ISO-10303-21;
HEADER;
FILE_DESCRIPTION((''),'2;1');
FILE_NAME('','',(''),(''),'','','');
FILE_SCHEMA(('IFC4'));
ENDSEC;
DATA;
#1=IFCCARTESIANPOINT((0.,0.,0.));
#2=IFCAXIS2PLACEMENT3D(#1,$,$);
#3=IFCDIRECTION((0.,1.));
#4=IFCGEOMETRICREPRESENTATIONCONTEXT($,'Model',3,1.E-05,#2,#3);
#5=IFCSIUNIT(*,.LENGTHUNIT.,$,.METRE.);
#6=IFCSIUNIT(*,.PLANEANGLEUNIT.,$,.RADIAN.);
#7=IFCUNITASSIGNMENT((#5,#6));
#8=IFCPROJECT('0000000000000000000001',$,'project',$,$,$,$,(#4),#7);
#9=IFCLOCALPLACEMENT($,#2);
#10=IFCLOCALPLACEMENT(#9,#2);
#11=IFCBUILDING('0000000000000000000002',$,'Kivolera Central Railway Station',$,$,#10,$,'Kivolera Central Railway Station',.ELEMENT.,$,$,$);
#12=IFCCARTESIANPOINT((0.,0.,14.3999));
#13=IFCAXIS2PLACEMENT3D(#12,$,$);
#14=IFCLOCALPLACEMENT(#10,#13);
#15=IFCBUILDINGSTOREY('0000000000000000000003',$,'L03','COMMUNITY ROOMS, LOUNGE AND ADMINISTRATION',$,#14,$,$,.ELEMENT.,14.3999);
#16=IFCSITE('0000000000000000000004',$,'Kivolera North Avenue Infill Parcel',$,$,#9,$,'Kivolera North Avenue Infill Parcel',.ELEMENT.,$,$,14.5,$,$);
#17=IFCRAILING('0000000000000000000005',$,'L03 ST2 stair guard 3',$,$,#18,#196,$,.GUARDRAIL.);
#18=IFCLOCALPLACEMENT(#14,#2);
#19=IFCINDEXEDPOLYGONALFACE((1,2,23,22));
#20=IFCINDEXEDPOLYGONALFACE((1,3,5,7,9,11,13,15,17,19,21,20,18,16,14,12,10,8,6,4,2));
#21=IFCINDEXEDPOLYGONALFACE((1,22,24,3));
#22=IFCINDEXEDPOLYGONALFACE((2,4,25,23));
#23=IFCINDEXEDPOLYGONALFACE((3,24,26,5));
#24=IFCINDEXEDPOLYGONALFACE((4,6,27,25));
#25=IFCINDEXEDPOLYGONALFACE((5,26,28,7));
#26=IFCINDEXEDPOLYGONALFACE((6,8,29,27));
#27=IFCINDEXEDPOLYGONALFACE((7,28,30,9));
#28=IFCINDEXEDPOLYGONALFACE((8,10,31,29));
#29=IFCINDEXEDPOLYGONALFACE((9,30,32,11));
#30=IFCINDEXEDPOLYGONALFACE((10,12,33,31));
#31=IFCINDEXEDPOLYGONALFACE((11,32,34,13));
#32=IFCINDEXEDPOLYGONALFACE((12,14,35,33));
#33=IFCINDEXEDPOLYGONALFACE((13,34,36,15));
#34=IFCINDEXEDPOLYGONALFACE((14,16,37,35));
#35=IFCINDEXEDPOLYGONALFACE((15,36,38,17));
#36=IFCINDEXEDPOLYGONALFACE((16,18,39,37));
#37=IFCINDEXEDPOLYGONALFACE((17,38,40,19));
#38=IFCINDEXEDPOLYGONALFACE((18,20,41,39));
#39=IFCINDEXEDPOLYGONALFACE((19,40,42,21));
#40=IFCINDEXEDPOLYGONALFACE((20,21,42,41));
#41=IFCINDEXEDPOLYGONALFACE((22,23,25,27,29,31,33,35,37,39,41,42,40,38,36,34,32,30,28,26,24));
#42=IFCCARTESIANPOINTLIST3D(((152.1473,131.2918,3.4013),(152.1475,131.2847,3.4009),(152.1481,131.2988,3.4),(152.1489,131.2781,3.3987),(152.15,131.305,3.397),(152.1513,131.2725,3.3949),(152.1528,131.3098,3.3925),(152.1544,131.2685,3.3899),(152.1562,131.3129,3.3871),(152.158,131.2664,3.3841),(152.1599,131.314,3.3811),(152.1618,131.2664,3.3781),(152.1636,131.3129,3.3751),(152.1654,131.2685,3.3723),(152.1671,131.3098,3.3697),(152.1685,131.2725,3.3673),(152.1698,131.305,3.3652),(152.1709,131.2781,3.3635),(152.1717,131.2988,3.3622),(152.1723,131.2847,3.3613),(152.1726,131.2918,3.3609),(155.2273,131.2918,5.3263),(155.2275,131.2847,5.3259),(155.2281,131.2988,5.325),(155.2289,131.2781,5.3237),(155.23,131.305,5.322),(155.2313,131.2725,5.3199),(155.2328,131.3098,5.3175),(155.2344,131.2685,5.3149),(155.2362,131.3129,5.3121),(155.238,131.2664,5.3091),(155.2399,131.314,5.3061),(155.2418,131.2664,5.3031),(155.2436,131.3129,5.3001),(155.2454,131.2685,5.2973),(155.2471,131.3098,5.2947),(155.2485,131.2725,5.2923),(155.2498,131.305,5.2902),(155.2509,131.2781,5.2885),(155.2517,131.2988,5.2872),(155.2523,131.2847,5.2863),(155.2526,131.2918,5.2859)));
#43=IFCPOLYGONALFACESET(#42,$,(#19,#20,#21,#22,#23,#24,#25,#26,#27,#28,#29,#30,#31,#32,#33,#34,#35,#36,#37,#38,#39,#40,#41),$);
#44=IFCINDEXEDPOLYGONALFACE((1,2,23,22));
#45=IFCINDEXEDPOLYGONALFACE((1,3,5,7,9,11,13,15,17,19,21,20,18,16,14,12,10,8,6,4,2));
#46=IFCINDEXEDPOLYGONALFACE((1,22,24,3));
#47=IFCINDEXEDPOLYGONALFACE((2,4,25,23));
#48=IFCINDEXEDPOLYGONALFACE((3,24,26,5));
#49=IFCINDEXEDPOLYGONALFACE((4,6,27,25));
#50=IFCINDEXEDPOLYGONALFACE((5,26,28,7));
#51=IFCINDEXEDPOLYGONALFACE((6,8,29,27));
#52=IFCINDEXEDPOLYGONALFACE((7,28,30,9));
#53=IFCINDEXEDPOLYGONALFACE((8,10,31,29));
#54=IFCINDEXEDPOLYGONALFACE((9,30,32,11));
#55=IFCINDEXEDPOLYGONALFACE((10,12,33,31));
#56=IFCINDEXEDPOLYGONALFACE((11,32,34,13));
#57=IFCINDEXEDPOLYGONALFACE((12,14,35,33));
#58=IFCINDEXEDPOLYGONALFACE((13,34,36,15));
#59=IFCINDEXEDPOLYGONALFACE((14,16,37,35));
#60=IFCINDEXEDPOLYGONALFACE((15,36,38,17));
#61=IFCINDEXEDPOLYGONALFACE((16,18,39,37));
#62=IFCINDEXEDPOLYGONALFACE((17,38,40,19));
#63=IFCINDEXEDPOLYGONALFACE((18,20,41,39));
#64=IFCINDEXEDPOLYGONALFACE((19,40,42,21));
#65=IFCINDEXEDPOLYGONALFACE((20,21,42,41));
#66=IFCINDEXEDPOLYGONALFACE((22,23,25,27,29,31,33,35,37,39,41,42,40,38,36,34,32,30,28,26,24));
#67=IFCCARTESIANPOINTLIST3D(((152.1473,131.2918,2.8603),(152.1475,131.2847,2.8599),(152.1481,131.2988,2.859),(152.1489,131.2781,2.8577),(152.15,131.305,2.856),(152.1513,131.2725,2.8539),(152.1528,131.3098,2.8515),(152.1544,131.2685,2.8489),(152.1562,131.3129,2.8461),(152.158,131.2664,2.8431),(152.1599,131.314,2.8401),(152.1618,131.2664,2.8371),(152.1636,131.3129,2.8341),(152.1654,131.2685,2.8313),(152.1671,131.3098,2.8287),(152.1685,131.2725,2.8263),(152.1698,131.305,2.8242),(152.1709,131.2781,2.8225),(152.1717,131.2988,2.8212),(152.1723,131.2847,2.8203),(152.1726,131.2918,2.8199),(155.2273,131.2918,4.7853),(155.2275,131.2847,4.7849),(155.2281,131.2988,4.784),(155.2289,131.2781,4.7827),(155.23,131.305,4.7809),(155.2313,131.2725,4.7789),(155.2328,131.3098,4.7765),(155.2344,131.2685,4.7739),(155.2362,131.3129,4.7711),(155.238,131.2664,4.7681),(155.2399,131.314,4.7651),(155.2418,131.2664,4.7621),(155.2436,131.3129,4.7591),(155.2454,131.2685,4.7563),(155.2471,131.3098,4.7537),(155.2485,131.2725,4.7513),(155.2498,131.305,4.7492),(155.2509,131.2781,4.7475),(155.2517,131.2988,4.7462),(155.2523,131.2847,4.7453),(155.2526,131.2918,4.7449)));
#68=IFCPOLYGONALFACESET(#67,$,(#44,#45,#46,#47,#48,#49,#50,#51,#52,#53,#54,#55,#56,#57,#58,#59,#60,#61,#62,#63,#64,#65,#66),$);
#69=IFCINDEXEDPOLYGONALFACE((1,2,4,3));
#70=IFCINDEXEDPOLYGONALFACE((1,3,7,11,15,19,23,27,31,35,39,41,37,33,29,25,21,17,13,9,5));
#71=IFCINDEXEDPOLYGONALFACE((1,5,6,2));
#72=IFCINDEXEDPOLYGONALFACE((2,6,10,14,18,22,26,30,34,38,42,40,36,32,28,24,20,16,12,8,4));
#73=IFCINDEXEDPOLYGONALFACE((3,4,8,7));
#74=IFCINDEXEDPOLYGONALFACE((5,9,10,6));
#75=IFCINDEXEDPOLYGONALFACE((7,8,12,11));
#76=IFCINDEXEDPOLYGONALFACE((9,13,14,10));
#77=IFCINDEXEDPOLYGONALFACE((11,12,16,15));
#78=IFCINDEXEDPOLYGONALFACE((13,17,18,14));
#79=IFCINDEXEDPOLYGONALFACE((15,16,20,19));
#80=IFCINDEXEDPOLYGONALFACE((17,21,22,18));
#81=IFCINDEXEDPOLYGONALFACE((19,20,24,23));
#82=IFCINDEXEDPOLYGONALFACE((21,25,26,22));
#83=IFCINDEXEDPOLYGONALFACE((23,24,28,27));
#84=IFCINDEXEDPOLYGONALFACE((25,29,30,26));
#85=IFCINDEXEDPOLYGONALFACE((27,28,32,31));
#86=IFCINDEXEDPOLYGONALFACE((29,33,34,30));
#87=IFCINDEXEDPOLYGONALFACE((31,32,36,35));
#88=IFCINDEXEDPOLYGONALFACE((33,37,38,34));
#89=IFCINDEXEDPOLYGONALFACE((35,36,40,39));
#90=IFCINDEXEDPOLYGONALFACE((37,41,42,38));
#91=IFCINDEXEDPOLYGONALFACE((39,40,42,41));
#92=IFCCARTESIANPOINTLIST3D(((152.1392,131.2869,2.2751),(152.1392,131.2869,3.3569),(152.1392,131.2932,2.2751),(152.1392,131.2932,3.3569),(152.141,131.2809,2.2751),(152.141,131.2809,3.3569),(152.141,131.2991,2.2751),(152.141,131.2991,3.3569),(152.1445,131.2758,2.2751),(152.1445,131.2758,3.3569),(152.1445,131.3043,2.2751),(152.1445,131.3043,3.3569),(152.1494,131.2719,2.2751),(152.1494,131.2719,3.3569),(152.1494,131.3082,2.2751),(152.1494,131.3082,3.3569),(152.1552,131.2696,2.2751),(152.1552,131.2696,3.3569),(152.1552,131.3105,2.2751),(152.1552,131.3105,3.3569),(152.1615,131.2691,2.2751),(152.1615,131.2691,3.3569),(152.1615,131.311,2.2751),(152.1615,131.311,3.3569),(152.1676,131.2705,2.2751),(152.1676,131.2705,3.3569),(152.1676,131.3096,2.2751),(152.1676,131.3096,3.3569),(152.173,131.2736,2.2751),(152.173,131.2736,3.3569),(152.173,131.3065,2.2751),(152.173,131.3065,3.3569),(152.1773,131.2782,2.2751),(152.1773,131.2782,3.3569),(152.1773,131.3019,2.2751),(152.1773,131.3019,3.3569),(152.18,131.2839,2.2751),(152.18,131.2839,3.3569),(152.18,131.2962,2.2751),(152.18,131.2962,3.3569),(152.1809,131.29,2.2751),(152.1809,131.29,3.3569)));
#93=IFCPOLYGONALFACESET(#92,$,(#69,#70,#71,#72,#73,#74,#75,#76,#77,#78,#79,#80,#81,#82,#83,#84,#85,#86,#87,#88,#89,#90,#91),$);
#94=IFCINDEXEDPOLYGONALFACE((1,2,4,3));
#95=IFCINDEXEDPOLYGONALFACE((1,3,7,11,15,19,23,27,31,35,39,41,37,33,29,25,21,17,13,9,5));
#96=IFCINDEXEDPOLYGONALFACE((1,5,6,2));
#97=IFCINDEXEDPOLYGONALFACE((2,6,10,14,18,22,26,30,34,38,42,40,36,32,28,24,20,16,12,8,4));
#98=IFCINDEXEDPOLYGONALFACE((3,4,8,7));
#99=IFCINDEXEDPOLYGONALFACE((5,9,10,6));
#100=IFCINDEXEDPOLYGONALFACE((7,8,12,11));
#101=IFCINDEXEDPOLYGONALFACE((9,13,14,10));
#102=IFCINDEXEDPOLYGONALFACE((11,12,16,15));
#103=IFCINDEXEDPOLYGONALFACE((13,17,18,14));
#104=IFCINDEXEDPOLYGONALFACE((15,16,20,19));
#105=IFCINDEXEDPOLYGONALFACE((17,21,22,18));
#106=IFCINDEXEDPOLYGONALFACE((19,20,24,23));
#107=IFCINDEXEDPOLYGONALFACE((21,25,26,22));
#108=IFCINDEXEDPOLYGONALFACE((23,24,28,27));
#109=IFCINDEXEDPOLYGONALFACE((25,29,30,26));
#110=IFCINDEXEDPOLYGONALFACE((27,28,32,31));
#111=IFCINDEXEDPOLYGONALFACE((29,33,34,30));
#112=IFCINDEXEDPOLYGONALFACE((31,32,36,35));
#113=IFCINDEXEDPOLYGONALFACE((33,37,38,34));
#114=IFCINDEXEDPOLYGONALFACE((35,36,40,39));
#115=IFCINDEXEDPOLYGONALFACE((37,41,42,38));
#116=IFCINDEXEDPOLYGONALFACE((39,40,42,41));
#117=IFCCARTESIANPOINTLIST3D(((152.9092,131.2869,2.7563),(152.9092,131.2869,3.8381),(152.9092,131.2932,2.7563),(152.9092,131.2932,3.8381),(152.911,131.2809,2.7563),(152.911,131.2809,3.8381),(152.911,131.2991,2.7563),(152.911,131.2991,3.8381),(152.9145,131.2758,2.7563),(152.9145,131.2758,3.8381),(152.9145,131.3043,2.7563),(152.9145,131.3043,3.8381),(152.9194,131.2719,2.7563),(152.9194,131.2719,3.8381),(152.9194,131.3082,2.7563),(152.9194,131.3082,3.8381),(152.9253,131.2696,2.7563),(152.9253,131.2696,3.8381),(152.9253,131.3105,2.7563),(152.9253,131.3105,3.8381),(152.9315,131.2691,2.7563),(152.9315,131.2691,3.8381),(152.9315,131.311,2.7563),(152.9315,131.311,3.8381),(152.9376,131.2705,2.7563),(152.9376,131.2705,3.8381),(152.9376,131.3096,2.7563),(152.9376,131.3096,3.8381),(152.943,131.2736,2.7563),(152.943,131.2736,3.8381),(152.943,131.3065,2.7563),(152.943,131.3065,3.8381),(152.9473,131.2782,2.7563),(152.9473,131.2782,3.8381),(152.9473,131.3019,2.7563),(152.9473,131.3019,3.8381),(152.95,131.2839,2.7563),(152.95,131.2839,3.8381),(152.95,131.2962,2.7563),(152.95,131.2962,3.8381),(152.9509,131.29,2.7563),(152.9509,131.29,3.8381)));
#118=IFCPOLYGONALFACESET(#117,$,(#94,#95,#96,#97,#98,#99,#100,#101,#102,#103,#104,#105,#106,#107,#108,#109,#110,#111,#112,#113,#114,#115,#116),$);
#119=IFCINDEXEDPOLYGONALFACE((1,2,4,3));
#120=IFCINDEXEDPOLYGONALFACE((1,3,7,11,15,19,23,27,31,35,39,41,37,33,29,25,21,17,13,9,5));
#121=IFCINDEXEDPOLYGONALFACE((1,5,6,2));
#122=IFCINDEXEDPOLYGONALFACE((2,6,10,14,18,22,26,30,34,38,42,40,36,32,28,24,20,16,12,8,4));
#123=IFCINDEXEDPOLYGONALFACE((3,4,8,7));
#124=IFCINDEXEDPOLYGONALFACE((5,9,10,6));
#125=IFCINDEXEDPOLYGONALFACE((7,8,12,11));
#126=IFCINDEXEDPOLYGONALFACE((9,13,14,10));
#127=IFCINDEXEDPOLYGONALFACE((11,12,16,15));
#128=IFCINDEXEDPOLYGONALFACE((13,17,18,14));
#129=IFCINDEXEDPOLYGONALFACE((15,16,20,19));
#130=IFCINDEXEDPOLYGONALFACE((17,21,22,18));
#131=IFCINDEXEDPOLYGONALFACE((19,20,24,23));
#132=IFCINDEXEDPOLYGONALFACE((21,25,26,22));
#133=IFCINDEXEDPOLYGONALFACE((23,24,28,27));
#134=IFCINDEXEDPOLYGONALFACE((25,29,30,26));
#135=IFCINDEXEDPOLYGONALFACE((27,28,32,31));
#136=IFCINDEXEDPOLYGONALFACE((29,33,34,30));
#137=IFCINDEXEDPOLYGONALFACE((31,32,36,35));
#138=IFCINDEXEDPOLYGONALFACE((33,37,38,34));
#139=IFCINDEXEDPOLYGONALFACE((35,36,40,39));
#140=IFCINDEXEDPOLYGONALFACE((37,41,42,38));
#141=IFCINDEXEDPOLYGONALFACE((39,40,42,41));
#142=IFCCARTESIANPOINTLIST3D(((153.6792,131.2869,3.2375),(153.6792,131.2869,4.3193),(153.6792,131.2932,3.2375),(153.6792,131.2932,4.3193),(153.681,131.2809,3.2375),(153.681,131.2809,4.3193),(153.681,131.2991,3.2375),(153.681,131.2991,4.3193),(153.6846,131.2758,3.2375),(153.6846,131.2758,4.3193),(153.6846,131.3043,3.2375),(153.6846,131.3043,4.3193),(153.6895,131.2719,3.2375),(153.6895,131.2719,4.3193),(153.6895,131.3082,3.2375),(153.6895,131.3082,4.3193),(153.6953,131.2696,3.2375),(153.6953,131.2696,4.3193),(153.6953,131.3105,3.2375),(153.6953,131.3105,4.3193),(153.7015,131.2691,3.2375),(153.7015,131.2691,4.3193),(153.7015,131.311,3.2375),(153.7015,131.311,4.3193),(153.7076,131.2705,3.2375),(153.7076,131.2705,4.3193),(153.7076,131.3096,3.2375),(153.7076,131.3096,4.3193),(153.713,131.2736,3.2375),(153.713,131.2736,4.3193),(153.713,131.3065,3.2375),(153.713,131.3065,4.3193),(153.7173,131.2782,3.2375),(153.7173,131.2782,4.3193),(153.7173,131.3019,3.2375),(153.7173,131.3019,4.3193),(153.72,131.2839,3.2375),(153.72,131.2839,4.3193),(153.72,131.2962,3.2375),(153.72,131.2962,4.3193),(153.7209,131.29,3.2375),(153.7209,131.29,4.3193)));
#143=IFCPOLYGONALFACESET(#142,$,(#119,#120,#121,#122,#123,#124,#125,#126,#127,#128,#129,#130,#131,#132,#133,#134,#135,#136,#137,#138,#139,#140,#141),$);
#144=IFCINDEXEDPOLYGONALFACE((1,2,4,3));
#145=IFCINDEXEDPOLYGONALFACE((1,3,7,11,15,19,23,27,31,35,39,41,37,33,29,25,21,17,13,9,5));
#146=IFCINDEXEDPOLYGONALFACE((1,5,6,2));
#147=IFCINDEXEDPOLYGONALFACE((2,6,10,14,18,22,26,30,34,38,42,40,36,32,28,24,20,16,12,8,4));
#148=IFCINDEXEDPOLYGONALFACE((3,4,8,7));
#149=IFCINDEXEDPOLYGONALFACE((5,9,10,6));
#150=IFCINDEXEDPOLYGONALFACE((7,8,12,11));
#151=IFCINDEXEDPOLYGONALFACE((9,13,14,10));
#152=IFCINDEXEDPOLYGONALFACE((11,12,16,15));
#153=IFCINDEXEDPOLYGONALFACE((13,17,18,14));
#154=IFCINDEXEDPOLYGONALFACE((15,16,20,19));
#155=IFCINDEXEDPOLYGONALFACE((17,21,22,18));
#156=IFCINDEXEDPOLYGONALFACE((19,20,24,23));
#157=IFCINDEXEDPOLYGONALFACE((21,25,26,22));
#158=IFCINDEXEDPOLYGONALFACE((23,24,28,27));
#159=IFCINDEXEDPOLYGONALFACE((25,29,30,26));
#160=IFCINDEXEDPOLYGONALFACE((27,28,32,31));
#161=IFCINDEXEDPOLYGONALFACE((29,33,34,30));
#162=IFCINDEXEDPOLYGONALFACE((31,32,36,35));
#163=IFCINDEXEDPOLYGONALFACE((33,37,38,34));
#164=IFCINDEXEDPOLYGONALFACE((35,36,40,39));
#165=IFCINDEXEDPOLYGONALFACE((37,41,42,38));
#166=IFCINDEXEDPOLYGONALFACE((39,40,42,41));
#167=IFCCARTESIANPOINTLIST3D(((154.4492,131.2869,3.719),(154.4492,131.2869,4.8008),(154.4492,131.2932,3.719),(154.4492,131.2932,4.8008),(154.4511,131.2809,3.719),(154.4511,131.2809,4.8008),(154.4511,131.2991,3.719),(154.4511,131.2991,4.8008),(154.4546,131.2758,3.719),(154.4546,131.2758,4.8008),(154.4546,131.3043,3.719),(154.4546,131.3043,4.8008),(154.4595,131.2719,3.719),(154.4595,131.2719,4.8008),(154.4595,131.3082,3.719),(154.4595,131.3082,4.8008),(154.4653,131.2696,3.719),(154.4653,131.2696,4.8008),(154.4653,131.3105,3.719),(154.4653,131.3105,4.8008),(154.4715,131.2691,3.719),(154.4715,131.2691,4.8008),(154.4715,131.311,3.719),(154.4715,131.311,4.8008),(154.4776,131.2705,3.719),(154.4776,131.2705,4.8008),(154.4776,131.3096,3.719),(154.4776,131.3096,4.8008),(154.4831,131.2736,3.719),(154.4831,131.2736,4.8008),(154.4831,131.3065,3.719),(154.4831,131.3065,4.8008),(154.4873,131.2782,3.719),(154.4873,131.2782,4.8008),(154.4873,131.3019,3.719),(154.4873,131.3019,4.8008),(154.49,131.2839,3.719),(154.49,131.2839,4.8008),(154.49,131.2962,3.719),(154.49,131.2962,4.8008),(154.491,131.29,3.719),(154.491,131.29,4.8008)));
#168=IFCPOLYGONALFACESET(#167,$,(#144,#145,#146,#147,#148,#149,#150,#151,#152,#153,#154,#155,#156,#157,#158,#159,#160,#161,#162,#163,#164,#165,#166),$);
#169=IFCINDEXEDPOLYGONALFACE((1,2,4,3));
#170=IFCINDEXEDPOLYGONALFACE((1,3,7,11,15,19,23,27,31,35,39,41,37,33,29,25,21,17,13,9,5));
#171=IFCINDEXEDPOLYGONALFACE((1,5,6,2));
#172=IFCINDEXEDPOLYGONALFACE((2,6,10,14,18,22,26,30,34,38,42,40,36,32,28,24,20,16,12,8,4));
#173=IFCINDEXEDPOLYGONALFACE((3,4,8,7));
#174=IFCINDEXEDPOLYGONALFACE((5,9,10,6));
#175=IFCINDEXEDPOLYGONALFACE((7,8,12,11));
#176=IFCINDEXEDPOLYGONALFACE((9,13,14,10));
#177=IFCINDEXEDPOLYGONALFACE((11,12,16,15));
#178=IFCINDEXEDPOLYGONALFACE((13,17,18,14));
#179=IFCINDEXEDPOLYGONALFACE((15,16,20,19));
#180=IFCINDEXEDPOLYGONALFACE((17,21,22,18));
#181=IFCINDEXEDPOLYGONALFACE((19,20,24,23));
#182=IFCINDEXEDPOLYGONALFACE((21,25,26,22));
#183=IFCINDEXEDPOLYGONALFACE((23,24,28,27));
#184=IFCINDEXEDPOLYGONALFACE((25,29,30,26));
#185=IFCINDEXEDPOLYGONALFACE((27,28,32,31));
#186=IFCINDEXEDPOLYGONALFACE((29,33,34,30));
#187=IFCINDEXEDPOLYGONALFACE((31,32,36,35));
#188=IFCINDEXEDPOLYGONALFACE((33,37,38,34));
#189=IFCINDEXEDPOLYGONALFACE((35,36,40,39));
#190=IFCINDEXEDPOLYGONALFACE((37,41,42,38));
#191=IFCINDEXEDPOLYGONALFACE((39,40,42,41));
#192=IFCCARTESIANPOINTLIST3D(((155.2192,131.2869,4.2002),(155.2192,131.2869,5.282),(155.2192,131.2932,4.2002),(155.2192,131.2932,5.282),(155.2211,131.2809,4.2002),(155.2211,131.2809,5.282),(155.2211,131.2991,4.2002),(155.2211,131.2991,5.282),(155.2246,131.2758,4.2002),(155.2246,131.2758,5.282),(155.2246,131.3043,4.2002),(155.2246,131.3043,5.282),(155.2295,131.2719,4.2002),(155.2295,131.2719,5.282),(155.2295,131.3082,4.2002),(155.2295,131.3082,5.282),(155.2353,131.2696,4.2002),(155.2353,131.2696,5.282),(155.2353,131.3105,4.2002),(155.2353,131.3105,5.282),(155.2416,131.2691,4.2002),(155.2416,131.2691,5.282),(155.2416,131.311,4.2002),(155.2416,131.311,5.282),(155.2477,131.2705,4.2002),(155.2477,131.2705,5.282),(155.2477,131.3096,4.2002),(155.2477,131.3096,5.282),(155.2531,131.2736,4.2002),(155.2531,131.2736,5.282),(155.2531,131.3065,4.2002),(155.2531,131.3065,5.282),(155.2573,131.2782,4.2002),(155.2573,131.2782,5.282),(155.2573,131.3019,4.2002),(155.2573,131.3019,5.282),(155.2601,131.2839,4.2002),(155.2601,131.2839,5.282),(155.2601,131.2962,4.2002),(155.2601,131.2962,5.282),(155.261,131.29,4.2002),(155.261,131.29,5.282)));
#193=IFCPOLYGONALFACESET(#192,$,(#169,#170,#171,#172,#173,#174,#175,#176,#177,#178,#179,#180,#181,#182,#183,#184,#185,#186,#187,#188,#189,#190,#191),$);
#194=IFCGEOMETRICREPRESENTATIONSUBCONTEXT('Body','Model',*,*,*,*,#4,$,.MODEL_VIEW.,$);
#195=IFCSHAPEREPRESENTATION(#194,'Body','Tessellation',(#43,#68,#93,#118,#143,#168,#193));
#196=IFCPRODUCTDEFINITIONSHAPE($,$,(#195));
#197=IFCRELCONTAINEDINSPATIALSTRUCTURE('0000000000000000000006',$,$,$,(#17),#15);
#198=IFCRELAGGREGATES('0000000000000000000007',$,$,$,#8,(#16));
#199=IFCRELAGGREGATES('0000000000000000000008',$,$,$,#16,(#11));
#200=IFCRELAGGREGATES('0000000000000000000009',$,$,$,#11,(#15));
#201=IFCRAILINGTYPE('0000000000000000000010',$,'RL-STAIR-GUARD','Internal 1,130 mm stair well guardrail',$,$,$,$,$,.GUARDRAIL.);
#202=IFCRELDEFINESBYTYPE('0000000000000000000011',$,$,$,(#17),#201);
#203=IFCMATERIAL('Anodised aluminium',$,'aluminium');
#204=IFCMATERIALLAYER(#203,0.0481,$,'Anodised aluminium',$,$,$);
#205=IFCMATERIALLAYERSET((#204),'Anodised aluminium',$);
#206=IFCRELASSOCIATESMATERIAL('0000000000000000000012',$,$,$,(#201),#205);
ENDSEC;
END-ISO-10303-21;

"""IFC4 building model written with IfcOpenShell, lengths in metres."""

from ifc_helpers import new_model, si_unit, direction, frame, origin, origin_2d, place, context, subcontext, project, spatial, circle, extrude, material, layer, layer_set, type_object, element, save


model = new_model("IFC4")

# Units and contexts
model_context = context("Model", 3, precision=1e-05, world=origin(), true_north=direction((0.0, 1.0)))
body_context = subcontext(model_context, "Body", "Model", "MODEL_VIEW")
ifc_project = project(units=[si_unit("LENGTHUNIT", "METRE"), si_unit("PLANEANGLEUNIT", "RADIAN")], contexts=[model_context])

# Site, building, storey
site_placement = place(None, origin())
site = spatial("IfcSite", under=ifc_project, at=site_placement, Name="Kivolera North Avenue Infill Parcel", LongName="Kivolera North Avenue Infill Parcel", CompositionType="ELEMENT", RefElevation=14.5)
building_placement = place(site_placement, origin())
building = spatial("IfcBuilding", under=site, at=building_placement, Name="Kivolera Central Railway Station", LongName="Kivolera Central Railway Station", CompositionType="ELEMENT")
storey_placement = place(building_placement, frame((0.0, 0.0, 14.3999)))
storey = spatial("IfcBuildingStorey", under=building, at=storey_placement, Name="L03", Description="COMMUNITY ROOMS, LOUNGE AND ADMINISTRATION", CompositionType="ELEMENT", Elevation=14.3999)

# Railing
ifc_material_1 = material(Name="Anodised aluminium", Category="aluminium")
ifc_layer_1 = layer(ifc_material_1, 0.0481, Name="Anodised aluminium")
ifc_layer_set_1 = layer_set([ifc_layer_1], Name="Anodised aluminium")
railing_type_1 = type_object("IfcRailingType", Name="RL-STAIR-GUARD", Description="Internal 1,130 mm stair well guardrail", PredefinedType="GUARDRAIL", material=ifc_layer_set_1)
railing_1_placement = place(storey_placement, frame((152.1599, 131.29, 2.2751)))
element("IfcRailing", 1, at=railing_1_placement, inside=storey, type_object=railing_type_1, Name="L03 ST2 stair guard 3", PredefinedType="GUARDRAIL", context=body_context, shape_type="SweptSolid", body=[
    extrude(circle(Radius=0.0239, at=origin_2d()), frame((0.0, 0.0, 1.106), z_axis=(0.847998, 0.0, 0.529999), x_axis=(0.0, 1.0, 0.0)), (0.0, 0.0, 1.0), 3.6321),
    extrude(circle(Radius=0.0239, at=origin_2d()), frame((0.0, 0.0, 0.5649), z_axis=(0.847998, 0.0, 0.529999), x_axis=(0.0, 1.0, 0.0)), (0.0, 0.0, 1.0), 3.6321),
    extrude(circle(Radius=0.021, at=origin_2d()), origin(), (0.0, 0.0, 1.0), 1.0818),
    extrude(circle(Radius=0.021, at=origin_2d()), frame((0.77, 0.0, 0.4812)), (0.0, 0.0, 1.0), 1.0818),
    extrude(circle(Radius=0.021, at=origin_2d()), frame((1.54, 0.0, 0.9624)), (0.0, 0.0, 1.0), 1.0818),
    extrude(circle(Radius=0.021, at=origin_2d()), frame((2.3101, 0.0, 1.4438)), (0.0, 0.0, 1.0), 1.0818),
    extrude(circle(Radius=0.021, at=origin_2d()), frame((3.0801, 0.0, 1.925)), (0.0, 0.0, 1.0), 1.0818),
])

save(model, "model.ifc")
